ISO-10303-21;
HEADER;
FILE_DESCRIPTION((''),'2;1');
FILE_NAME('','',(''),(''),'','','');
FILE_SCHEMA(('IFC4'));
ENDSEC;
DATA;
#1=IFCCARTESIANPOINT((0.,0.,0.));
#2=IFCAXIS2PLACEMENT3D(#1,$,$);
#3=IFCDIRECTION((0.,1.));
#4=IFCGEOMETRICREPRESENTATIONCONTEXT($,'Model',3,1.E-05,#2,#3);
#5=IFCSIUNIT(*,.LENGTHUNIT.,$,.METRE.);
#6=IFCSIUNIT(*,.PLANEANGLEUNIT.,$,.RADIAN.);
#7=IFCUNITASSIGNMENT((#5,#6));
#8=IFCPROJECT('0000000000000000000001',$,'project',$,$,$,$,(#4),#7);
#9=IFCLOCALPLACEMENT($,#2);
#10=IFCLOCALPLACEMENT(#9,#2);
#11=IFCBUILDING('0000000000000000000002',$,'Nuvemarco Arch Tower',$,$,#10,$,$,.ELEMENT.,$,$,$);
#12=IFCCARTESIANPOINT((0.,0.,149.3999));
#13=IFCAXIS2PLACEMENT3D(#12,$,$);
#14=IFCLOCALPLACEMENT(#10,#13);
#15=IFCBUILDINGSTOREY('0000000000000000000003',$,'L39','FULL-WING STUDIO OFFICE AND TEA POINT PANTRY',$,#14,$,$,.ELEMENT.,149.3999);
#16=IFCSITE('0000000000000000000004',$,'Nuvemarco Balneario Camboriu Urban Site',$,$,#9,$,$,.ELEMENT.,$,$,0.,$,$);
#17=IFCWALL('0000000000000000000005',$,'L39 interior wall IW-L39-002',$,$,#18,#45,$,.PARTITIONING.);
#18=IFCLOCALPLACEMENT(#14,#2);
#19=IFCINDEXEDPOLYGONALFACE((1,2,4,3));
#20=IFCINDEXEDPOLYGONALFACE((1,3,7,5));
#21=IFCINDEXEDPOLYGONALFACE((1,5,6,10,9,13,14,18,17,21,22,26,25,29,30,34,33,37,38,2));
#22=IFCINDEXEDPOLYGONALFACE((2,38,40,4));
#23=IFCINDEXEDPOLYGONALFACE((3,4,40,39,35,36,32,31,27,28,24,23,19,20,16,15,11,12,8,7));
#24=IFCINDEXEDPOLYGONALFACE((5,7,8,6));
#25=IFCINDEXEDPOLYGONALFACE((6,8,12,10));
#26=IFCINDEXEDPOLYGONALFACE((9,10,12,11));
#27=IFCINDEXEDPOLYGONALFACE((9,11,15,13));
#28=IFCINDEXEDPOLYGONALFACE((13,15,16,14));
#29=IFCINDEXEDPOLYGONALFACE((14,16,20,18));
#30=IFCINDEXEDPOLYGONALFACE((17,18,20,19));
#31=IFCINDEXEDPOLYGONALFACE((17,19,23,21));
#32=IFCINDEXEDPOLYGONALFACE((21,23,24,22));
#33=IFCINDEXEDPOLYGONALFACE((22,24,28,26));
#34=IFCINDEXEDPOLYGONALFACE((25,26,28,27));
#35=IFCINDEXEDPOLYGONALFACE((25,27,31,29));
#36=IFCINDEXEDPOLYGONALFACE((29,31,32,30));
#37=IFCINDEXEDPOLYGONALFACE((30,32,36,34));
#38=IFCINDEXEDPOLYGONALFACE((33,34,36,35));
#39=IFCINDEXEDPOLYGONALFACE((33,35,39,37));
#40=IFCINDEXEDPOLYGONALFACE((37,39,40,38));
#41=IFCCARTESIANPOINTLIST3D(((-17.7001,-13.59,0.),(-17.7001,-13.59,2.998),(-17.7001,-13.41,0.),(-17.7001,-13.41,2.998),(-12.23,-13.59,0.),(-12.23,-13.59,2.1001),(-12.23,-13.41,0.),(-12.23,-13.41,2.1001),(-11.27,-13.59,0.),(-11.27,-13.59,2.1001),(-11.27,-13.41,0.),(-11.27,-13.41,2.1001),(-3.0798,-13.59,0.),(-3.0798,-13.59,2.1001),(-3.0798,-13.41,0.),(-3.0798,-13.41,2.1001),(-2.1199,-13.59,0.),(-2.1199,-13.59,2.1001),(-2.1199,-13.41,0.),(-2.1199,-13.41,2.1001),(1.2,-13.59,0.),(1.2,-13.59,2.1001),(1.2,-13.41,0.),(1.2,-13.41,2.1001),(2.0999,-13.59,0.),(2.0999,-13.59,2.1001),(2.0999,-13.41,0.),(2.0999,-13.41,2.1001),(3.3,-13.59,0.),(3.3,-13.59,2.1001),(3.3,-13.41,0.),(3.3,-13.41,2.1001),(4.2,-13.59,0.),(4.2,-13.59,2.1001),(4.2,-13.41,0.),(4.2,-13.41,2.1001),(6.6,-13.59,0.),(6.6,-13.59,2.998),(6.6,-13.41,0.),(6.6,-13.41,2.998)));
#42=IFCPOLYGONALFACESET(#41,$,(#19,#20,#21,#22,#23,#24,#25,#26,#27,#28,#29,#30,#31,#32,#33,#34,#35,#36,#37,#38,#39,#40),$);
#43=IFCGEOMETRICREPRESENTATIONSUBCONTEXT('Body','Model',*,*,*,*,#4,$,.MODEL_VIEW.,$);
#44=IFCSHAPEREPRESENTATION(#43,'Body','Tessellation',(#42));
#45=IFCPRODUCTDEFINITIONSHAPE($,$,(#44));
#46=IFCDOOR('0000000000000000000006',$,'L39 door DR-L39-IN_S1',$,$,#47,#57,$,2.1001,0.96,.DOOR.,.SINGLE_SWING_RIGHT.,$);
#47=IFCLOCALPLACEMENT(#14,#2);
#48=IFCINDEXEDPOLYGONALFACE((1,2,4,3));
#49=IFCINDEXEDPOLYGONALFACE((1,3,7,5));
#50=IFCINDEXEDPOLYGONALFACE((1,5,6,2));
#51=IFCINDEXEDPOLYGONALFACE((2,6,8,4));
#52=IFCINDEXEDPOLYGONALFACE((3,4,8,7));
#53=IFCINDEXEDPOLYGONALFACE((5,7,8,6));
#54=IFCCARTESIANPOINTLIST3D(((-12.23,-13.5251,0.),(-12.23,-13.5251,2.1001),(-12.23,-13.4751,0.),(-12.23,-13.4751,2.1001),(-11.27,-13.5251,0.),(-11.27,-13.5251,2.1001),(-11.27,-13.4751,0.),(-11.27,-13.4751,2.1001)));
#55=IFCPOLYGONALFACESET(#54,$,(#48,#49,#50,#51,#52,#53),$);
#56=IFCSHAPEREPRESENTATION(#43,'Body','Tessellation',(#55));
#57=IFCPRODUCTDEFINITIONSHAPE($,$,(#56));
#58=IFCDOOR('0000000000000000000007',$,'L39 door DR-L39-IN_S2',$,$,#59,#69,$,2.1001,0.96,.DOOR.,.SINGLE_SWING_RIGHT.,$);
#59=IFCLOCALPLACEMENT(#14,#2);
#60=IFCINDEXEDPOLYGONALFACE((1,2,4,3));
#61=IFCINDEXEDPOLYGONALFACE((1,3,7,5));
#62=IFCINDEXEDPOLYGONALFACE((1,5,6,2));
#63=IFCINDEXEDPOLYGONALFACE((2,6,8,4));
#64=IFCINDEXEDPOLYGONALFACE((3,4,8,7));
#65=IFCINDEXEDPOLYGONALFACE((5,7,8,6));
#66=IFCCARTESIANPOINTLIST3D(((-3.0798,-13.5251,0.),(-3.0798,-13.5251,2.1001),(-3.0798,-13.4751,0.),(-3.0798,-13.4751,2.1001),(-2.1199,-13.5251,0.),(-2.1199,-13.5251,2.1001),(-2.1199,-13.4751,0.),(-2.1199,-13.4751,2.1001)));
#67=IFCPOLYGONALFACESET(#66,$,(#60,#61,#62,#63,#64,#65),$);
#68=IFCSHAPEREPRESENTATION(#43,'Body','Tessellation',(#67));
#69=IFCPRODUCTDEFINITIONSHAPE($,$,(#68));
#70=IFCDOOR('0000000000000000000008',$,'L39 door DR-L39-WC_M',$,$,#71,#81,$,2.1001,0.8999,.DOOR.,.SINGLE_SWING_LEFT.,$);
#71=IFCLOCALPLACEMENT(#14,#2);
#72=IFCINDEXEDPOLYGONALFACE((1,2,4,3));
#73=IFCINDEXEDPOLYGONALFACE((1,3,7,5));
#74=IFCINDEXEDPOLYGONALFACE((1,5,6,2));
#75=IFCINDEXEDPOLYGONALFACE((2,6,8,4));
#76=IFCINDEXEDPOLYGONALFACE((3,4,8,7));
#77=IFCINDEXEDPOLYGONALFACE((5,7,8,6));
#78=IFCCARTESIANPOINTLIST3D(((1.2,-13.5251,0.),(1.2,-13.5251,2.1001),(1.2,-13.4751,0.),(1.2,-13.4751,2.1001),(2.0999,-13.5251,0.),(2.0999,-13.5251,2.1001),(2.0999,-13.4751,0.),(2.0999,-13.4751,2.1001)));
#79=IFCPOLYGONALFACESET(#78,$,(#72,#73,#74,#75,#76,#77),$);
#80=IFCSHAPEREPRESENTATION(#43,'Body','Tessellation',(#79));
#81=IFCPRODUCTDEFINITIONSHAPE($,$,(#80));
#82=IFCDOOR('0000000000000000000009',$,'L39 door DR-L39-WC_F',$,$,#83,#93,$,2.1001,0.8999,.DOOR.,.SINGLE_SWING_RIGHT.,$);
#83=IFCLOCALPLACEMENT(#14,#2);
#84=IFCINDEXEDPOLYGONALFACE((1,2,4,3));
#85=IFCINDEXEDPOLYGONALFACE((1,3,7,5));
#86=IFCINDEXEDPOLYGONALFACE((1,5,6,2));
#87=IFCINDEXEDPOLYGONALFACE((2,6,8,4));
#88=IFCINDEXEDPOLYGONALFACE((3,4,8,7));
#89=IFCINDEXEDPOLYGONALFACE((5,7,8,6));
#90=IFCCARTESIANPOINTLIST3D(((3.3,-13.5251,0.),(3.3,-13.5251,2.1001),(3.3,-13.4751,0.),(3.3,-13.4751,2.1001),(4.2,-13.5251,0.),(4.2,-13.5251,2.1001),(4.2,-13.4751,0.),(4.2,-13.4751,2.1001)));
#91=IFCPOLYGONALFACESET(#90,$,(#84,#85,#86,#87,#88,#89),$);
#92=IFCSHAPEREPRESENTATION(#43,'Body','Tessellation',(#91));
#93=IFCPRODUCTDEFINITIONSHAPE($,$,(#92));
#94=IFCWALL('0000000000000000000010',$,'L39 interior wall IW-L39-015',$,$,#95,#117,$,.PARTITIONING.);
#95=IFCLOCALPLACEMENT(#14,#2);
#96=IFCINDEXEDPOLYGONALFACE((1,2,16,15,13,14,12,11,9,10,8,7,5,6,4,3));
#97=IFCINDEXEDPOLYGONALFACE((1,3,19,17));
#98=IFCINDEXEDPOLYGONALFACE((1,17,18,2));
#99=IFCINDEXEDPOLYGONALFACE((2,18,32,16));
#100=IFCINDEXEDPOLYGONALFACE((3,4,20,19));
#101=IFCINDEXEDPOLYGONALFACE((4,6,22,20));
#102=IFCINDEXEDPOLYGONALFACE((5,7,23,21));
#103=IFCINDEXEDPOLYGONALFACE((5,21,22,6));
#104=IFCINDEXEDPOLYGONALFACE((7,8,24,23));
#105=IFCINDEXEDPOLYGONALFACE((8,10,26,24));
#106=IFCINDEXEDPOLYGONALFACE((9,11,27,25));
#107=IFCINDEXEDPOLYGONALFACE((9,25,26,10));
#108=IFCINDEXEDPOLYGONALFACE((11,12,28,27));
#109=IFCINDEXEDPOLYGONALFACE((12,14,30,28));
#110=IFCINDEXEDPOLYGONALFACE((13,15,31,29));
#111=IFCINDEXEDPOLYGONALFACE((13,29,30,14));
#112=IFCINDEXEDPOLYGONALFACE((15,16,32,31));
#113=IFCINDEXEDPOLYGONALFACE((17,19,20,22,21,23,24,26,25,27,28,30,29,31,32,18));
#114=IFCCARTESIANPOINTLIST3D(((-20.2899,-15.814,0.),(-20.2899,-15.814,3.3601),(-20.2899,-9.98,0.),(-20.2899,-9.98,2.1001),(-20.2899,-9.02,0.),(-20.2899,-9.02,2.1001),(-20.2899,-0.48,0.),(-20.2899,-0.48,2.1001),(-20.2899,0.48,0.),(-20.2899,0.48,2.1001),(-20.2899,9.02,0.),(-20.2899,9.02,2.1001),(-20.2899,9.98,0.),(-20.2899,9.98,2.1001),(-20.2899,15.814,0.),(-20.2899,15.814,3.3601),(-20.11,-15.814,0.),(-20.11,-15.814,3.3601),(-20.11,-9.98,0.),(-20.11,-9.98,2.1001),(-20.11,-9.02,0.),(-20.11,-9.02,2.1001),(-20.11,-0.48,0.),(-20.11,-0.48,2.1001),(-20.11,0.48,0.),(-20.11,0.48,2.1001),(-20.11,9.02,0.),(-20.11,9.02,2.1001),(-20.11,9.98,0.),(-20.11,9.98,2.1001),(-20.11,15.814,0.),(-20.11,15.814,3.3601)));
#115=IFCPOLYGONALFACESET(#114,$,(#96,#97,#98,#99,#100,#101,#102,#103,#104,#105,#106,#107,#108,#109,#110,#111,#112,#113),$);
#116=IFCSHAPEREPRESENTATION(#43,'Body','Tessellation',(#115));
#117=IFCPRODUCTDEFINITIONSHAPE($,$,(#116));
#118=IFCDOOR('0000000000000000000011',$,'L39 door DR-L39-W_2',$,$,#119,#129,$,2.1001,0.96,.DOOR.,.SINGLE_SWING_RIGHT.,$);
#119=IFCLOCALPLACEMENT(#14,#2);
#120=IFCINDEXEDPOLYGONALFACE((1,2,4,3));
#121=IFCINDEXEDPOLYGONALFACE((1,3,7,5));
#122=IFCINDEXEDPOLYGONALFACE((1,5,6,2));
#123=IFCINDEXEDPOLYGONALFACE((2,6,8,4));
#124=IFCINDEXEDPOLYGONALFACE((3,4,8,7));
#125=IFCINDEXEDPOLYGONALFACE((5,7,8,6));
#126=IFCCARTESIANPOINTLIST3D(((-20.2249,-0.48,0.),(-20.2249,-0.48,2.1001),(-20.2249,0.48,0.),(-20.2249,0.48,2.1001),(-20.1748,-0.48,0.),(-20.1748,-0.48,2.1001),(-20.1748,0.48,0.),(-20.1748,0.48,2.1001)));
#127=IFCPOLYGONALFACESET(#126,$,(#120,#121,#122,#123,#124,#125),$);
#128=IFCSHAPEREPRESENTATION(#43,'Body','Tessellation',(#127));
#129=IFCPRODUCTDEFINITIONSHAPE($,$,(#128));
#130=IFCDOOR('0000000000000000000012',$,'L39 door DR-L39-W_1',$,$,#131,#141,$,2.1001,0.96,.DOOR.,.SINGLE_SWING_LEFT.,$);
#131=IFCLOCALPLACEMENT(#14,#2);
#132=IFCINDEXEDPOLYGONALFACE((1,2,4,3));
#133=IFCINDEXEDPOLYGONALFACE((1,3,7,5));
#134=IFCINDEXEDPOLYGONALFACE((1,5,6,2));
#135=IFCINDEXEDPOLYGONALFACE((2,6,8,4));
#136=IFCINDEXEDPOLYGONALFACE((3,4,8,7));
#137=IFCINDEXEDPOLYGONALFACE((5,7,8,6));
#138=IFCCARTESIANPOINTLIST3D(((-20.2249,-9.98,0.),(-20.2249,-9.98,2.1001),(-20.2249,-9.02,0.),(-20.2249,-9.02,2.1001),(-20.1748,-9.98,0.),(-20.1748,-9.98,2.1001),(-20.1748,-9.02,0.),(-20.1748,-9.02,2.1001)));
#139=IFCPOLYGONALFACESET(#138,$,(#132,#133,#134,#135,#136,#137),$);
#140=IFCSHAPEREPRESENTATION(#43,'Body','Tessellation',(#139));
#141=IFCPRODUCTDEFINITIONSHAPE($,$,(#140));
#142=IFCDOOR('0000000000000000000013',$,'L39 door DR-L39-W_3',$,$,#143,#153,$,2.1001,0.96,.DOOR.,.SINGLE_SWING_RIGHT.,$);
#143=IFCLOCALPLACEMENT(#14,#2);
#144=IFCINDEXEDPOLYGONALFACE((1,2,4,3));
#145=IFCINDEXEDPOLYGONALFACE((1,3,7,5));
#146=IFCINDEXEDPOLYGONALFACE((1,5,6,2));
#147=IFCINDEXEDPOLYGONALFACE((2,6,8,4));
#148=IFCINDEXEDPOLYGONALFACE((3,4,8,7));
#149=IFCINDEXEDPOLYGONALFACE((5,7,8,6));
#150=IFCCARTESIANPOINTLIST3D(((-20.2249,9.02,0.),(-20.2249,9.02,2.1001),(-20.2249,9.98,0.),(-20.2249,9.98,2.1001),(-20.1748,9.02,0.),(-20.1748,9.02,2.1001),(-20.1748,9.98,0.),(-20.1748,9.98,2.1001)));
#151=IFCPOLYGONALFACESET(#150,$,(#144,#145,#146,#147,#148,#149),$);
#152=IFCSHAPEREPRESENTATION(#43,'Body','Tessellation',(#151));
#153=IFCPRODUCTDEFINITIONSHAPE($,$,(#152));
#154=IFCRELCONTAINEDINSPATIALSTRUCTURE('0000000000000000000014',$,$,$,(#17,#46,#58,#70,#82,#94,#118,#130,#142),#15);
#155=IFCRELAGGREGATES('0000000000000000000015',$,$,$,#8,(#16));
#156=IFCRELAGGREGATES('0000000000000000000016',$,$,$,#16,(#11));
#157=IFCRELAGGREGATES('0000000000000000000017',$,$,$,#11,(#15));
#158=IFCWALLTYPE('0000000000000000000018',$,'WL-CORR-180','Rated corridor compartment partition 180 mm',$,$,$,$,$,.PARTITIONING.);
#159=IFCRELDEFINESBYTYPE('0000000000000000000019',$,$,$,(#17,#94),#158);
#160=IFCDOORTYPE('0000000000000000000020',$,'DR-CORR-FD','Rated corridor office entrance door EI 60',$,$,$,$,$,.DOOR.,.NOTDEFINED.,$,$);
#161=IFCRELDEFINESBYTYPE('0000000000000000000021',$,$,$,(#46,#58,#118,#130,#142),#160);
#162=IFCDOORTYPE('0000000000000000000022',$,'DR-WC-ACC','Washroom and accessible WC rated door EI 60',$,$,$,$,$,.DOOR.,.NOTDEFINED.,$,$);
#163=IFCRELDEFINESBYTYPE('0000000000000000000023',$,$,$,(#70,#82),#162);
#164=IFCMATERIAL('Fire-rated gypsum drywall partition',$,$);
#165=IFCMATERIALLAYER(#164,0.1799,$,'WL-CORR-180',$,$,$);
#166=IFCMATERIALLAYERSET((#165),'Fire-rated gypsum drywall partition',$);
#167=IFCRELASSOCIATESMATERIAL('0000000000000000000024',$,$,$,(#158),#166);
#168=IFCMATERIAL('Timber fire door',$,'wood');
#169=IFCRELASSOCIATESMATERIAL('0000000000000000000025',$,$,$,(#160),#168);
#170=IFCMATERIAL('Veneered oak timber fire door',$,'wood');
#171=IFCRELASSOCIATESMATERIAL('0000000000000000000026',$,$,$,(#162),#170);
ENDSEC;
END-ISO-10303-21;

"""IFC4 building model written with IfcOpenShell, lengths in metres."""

from ifc_helpers import new_model, si_unit, direction, frame, frame_2d, origin, place, context, subcontext, project, spatial, rectangle, extrude, source, transform, mapped, material, layer, layer_set, type_object, type_shapes, element, fill, save


model = new_model("IFC4")

# Units and contexts
model_context = context("Model", 3, precision=1e-05, world=origin(), true_north=direction((0.0, 1.0)))
body_context = subcontext(model_context, "Body", "Model", "MODEL_VIEW")
ifc_project = project(units=[si_unit("LENGTHUNIT", "METRE"), si_unit("PLANEANGLEUNIT", "RADIAN")], contexts=[model_context])

# Site, building, storey
site_placement = place(None, origin())
site = spatial("IfcSite", under=ifc_project, at=site_placement, Name="Nuvemarco Balneario Camboriu Urban Site", CompositionType="ELEMENT", RefElevation=0.0)
building_placement = place(site_placement, origin())
building = spatial("IfcBuilding", under=site, at=building_placement, Name="Nuvemarco Arch Tower", CompositionType="ELEMENT")
storey_placement = place(building_placement, frame((0.0, 0.0, 149.3999)))
storey = spatial("IfcBuildingStorey", under=building, at=storey_placement, Name="L39", Description="FULL-WING STUDIO OFFICE AND TEA POINT PANTRY", CompositionType="ELEMENT", Elevation=149.3999)

# Walls, openings, doors
ifc_material_1 = material(Name="Fire-rated gypsum drywall partition")
ifc_layer = layer(ifc_material_1, 0.1799, Name="WL-CORR-180")
ifc_layer_set = layer_set([ifc_layer], Name="Fire-rated gypsum drywall partition")
wall_type = type_object("IfcWallType", Name="WL-CORR-180", Description="Rated corridor compartment partition 180 mm", PredefinedType="PARTITIONING", material=ifc_layer_set)
ifc_material_2 = material(Name="Timber fire door", Category="wood")
door_type_1 = type_object("IfcDoorType", Name="DR-CORR-FD", Description="Rated corridor office entrance door EI 60", OperationType="NOTDEFINED", PredefinedType="DOOR", material=ifc_material_2)
shared_shape_1 = source(origin(), body_context, "Body", "SweptSolid", [
    extrude(rectangle(XDim=0.96, YDim=2.1001, at=frame_2d((0.48, 1.05))), frame((0.0, 0.0249, 0.0), z_axis=(0.0, -1.0, 0.0), x_axis=(1.0, 0.0, 0.0)), (0.0, 0.0, 1.0), 0.05),
])
type_shapes(door_type_1, [shared_shape_1])
wall_1_placement = place(storey_placement, frame((-17.7, -13.5, 0.0), z_axis=(0.0, 0.0, 1.0), x_axis=(1.0, 0.0, 0.0)))
wall_1 = element("IfcWall", 1, at=wall_1_placement, inside=storey, type_object=wall_type, Name="L39 interior wall IW-L39-002", PredefinedType="PARTITIONING", context=body_context, shape_type="SweptSolid", body=[
    extrude(rectangle(XDim=24.3, YDim=0.1799, at=frame_2d((12.1499, 0.0))), origin(), (0.0, 0.0, 1.0), 2.998),
])
opening_1_placement = place(wall_1_placement, frame((5.47, 0.0, 0.0)))
opening_1 = element("IfcOpeningElement", 2, at=opening_1_placement, cuts=wall_1, PredefinedType="OPENING", context=body_context, shape_type="SweptSolid", body=[
    extrude(rectangle(XDim=0.96, YDim=2.1001, at=frame_2d((0.48, 1.05))), frame((0.0, 0.0999, 0.0), z_axis=(0.0, -1.0, 0.0), x_axis=(1.0, 0.0, 0.0)), (0.0, 0.0, 1.0), 0.2),
])
opening_2_placement = place(wall_1_placement, frame((14.6201, 0.0, 0.0)))
opening_2 = element("IfcOpeningElement", 3, at=opening_2_placement, cuts=wall_1, PredefinedType="OPENING", context=body_context, shape_type="SweptSolid", body=[
    extrude(rectangle(XDim=0.96, YDim=2.1001, at=frame_2d((0.48, 1.05))), frame((0.0, 0.0999, 0.0), z_axis=(0.0, -1.0, 0.0), x_axis=(1.0, 0.0, 0.0)), (0.0, 0.0, 1.0), 0.2),
])
opening_3_placement = place(wall_1_placement, frame((18.8999, 0.0, 0.0)))
opening_3 = element("IfcOpeningElement", 4, at=opening_3_placement, cuts=wall_1, PredefinedType="OPENING", context=body_context, shape_type="SweptSolid", body=[
    extrude(rectangle(XDim=0.8999, YDim=2.1001, at=frame_2d((0.45, 1.05))), frame((0.0, 0.0999, 0.0), z_axis=(0.0, -1.0, 0.0), x_axis=(1.0, 0.0, 0.0)), (0.0, 0.0, 1.0), 0.2),
])
opening_4_placement = place(wall_1_placement, frame((21.0, 0.0, 0.0)))
opening_4 = element("IfcOpeningElement", 5, at=opening_4_placement, cuts=wall_1, PredefinedType="OPENING", context=body_context, shape_type="SweptSolid", body=[
    extrude(rectangle(XDim=0.8999, YDim=2.1001, at=frame_2d((0.45, 1.05))), frame((0.0, 0.0999, 0.0), z_axis=(0.0, -1.0, 0.0), x_axis=(1.0, 0.0, 0.0)), (0.0, 0.0, 1.0), 0.2),
])
door_1_placement = place(opening_1_placement, origin())
door_1 = element("IfcDoor", 6, at=door_1_placement, inside=storey, type_object=door_type_1, Name="L39 door DR-L39-IN_S1", OperationType="SINGLE_SWING_RIGHT", OverallHeight=2.1001, OverallWidth=0.96, PredefinedType="DOOR", context=body_context, shape_type="MappedRepresentation", body=[
    mapped(shared_shape_1, transform((0.0, 0.0, 0.0), scale=1.0)),
])
fill(opening_1, door_1)
door_2_placement = place(opening_2_placement, origin())
door_2 = element("IfcDoor", 7, at=door_2_placement, inside=storey, type_object=door_type_1, Name="L39 door DR-L39-IN_S2", OperationType="SINGLE_SWING_RIGHT", OverallHeight=2.1001, OverallWidth=0.96, PredefinedType="DOOR", context=body_context, shape_type="MappedRepresentation", body=[
    mapped(shared_shape_1, transform((0.0, 0.0, 0.0), scale=1.0)),
])
fill(opening_2, door_2)
ifc_material_3 = material(Name="Veneered oak timber fire door", Category="wood")
door_type_2 = type_object("IfcDoorType", Name="DR-WC-ACC", Description="Washroom and accessible WC rated door EI 60", OperationType="NOTDEFINED", PredefinedType="DOOR", material=ifc_material_3)
shared_shape_2 = source(origin(), body_context, "Body", "SweptSolid", [
    extrude(rectangle(XDim=0.8999, YDim=2.1001, at=frame_2d((0.45, 1.05))), frame((0.0, 0.0249, 0.0), z_axis=(0.0, -1.0, 0.0), x_axis=(1.0, 0.0, 0.0)), (0.0, 0.0, 1.0), 0.05),
])
type_shapes(door_type_2, [shared_shape_2])
door_3_placement = place(opening_3_placement, origin())
door_3 = element("IfcDoor", 8, at=door_3_placement, inside=storey, type_object=door_type_2, Name="L39 door DR-L39-WC_M", OperationType="SINGLE_SWING_LEFT", OverallHeight=2.1001, OverallWidth=0.8999, PredefinedType="DOOR", context=body_context, shape_type="MappedRepresentation", body=[
    mapped(shared_shape_2, transform((0.0, 0.0, 0.0), scale=1.0)),
])
fill(opening_3, door_3)
door_4_placement = place(opening_4_placement, origin())
door_4 = element("IfcDoor", 9, at=door_4_placement, inside=storey, type_object=door_type_2, Name="L39 door DR-L39-WC_F", OperationType="SINGLE_SWING_RIGHT", OverallHeight=2.1001, OverallWidth=0.8999, PredefinedType="DOOR", context=body_context, shape_type="MappedRepresentation", body=[
    mapped(shared_shape_2, transform((0.0, 0.0, 0.0), scale=1.0)),
])
fill(opening_4, door_4)
wall_2_placement = place(storey_placement, frame((-20.2, -15.814, 0.0), z_axis=(0.0, 0.0, 1.0), x_axis=(0.0, 1.0, 0.0)))
wall_2 = element("IfcWall", 10, at=wall_2_placement, inside=storey, type_object=wall_type, Name="L39 interior wall IW-L39-015", PredefinedType="PARTITIONING", context=body_context, shape_type="SweptSolid", body=[
    extrude(rectangle(XDim=31.6279, YDim=0.1799, at=frame_2d((15.814, 0.0))), origin(), (0.0, 0.0, 1.0), 3.3601),
])
opening_5_placement = place(wall_2_placement, frame((15.334, 0.0, 0.0)))
opening_5 = element("IfcOpeningElement", 11, at=opening_5_placement, cuts=wall_2, PredefinedType="OPENING", context=body_context, shape_type="SweptSolid", body=[
    extrude(rectangle(XDim=0.96, YDim=2.1001, at=frame_2d((0.48, 1.05))), frame((0.0, 0.0999, 0.0), z_axis=(0.0, -1.0, 0.0), x_axis=(1.0, 0.0, 0.0)), (0.0, 0.0, 1.0), 0.2),
])
opening_6_placement = place(wall_2_placement, frame((5.834, 0.0, 0.0)))
opening_6 = element("IfcOpeningElement", 12, at=opening_6_placement, cuts=wall_2, PredefinedType="OPENING", context=body_context, shape_type="SweptSolid", body=[
    extrude(rectangle(XDim=0.96, YDim=2.1001, at=frame_2d((0.48, 1.05))), frame((0.0, 0.0999, 0.0), z_axis=(0.0, -1.0, 0.0), x_axis=(1.0, 0.0, 0.0)), (0.0, 0.0, 1.0), 0.2),
])
opening_7_placement = place(wall_2_placement, frame((24.834, 0.0, 0.0)))
opening_7 = element("IfcOpeningElement", 13, at=opening_7_placement, cuts=wall_2, PredefinedType="OPENING", context=body_context, shape_type="SweptSolid", body=[
    extrude(rectangle(XDim=0.96, YDim=2.1001, at=frame_2d((0.48, 1.05))), frame((0.0, 0.0999, 0.0), z_axis=(0.0, -1.0, 0.0), x_axis=(1.0, 0.0, 0.0)), (0.0, 0.0, 1.0), 0.2),
])
door_5_placement = place(opening_5_placement, origin())
door_5 = element("IfcDoor", 14, at=door_5_placement, inside=storey, type_object=door_type_1, Name="L39 door DR-L39-W_2", OperationType="SINGLE_SWING_RIGHT", OverallHeight=2.1001, OverallWidth=0.96, PredefinedType="DOOR", context=body_context, shape_type="MappedRepresentation", body=[
    mapped(shared_shape_1, transform((0.0, 0.0, 0.0), scale=1.0)),
])
fill(opening_5, door_5)
door_6_placement = place(opening_6_placement, origin())
door_6 = element("IfcDoor", 15, at=door_6_placement, inside=storey, type_object=door_type_1, Name="L39 door DR-L39-W_1", OperationType="SINGLE_SWING_LEFT", OverallHeight=2.1001, OverallWidth=0.96, PredefinedType="DOOR", context=body_context, shape_type="MappedRepresentation", body=[
    mapped(shared_shape_1, transform((0.0, 0.0, 0.0), scale=1.0)),
])
fill(opening_6, door_6)
door_7_placement = place(opening_7_placement, origin())
door_7 = element("IfcDoor", 16, at=door_7_placement, inside=storey, type_object=door_type_1, Name="L39 door DR-L39-W_3", OperationType="SINGLE_SWING_RIGHT", OverallHeight=2.1001, OverallWidth=0.96, PredefinedType="DOOR", context=body_context, shape_type="MappedRepresentation", body=[
    mapped(shared_shape_1, transform((0.0, 0.0, 0.0), scale=1.0)),
])
fill(opening_7, door_7)

save(model, "model.ifc")
